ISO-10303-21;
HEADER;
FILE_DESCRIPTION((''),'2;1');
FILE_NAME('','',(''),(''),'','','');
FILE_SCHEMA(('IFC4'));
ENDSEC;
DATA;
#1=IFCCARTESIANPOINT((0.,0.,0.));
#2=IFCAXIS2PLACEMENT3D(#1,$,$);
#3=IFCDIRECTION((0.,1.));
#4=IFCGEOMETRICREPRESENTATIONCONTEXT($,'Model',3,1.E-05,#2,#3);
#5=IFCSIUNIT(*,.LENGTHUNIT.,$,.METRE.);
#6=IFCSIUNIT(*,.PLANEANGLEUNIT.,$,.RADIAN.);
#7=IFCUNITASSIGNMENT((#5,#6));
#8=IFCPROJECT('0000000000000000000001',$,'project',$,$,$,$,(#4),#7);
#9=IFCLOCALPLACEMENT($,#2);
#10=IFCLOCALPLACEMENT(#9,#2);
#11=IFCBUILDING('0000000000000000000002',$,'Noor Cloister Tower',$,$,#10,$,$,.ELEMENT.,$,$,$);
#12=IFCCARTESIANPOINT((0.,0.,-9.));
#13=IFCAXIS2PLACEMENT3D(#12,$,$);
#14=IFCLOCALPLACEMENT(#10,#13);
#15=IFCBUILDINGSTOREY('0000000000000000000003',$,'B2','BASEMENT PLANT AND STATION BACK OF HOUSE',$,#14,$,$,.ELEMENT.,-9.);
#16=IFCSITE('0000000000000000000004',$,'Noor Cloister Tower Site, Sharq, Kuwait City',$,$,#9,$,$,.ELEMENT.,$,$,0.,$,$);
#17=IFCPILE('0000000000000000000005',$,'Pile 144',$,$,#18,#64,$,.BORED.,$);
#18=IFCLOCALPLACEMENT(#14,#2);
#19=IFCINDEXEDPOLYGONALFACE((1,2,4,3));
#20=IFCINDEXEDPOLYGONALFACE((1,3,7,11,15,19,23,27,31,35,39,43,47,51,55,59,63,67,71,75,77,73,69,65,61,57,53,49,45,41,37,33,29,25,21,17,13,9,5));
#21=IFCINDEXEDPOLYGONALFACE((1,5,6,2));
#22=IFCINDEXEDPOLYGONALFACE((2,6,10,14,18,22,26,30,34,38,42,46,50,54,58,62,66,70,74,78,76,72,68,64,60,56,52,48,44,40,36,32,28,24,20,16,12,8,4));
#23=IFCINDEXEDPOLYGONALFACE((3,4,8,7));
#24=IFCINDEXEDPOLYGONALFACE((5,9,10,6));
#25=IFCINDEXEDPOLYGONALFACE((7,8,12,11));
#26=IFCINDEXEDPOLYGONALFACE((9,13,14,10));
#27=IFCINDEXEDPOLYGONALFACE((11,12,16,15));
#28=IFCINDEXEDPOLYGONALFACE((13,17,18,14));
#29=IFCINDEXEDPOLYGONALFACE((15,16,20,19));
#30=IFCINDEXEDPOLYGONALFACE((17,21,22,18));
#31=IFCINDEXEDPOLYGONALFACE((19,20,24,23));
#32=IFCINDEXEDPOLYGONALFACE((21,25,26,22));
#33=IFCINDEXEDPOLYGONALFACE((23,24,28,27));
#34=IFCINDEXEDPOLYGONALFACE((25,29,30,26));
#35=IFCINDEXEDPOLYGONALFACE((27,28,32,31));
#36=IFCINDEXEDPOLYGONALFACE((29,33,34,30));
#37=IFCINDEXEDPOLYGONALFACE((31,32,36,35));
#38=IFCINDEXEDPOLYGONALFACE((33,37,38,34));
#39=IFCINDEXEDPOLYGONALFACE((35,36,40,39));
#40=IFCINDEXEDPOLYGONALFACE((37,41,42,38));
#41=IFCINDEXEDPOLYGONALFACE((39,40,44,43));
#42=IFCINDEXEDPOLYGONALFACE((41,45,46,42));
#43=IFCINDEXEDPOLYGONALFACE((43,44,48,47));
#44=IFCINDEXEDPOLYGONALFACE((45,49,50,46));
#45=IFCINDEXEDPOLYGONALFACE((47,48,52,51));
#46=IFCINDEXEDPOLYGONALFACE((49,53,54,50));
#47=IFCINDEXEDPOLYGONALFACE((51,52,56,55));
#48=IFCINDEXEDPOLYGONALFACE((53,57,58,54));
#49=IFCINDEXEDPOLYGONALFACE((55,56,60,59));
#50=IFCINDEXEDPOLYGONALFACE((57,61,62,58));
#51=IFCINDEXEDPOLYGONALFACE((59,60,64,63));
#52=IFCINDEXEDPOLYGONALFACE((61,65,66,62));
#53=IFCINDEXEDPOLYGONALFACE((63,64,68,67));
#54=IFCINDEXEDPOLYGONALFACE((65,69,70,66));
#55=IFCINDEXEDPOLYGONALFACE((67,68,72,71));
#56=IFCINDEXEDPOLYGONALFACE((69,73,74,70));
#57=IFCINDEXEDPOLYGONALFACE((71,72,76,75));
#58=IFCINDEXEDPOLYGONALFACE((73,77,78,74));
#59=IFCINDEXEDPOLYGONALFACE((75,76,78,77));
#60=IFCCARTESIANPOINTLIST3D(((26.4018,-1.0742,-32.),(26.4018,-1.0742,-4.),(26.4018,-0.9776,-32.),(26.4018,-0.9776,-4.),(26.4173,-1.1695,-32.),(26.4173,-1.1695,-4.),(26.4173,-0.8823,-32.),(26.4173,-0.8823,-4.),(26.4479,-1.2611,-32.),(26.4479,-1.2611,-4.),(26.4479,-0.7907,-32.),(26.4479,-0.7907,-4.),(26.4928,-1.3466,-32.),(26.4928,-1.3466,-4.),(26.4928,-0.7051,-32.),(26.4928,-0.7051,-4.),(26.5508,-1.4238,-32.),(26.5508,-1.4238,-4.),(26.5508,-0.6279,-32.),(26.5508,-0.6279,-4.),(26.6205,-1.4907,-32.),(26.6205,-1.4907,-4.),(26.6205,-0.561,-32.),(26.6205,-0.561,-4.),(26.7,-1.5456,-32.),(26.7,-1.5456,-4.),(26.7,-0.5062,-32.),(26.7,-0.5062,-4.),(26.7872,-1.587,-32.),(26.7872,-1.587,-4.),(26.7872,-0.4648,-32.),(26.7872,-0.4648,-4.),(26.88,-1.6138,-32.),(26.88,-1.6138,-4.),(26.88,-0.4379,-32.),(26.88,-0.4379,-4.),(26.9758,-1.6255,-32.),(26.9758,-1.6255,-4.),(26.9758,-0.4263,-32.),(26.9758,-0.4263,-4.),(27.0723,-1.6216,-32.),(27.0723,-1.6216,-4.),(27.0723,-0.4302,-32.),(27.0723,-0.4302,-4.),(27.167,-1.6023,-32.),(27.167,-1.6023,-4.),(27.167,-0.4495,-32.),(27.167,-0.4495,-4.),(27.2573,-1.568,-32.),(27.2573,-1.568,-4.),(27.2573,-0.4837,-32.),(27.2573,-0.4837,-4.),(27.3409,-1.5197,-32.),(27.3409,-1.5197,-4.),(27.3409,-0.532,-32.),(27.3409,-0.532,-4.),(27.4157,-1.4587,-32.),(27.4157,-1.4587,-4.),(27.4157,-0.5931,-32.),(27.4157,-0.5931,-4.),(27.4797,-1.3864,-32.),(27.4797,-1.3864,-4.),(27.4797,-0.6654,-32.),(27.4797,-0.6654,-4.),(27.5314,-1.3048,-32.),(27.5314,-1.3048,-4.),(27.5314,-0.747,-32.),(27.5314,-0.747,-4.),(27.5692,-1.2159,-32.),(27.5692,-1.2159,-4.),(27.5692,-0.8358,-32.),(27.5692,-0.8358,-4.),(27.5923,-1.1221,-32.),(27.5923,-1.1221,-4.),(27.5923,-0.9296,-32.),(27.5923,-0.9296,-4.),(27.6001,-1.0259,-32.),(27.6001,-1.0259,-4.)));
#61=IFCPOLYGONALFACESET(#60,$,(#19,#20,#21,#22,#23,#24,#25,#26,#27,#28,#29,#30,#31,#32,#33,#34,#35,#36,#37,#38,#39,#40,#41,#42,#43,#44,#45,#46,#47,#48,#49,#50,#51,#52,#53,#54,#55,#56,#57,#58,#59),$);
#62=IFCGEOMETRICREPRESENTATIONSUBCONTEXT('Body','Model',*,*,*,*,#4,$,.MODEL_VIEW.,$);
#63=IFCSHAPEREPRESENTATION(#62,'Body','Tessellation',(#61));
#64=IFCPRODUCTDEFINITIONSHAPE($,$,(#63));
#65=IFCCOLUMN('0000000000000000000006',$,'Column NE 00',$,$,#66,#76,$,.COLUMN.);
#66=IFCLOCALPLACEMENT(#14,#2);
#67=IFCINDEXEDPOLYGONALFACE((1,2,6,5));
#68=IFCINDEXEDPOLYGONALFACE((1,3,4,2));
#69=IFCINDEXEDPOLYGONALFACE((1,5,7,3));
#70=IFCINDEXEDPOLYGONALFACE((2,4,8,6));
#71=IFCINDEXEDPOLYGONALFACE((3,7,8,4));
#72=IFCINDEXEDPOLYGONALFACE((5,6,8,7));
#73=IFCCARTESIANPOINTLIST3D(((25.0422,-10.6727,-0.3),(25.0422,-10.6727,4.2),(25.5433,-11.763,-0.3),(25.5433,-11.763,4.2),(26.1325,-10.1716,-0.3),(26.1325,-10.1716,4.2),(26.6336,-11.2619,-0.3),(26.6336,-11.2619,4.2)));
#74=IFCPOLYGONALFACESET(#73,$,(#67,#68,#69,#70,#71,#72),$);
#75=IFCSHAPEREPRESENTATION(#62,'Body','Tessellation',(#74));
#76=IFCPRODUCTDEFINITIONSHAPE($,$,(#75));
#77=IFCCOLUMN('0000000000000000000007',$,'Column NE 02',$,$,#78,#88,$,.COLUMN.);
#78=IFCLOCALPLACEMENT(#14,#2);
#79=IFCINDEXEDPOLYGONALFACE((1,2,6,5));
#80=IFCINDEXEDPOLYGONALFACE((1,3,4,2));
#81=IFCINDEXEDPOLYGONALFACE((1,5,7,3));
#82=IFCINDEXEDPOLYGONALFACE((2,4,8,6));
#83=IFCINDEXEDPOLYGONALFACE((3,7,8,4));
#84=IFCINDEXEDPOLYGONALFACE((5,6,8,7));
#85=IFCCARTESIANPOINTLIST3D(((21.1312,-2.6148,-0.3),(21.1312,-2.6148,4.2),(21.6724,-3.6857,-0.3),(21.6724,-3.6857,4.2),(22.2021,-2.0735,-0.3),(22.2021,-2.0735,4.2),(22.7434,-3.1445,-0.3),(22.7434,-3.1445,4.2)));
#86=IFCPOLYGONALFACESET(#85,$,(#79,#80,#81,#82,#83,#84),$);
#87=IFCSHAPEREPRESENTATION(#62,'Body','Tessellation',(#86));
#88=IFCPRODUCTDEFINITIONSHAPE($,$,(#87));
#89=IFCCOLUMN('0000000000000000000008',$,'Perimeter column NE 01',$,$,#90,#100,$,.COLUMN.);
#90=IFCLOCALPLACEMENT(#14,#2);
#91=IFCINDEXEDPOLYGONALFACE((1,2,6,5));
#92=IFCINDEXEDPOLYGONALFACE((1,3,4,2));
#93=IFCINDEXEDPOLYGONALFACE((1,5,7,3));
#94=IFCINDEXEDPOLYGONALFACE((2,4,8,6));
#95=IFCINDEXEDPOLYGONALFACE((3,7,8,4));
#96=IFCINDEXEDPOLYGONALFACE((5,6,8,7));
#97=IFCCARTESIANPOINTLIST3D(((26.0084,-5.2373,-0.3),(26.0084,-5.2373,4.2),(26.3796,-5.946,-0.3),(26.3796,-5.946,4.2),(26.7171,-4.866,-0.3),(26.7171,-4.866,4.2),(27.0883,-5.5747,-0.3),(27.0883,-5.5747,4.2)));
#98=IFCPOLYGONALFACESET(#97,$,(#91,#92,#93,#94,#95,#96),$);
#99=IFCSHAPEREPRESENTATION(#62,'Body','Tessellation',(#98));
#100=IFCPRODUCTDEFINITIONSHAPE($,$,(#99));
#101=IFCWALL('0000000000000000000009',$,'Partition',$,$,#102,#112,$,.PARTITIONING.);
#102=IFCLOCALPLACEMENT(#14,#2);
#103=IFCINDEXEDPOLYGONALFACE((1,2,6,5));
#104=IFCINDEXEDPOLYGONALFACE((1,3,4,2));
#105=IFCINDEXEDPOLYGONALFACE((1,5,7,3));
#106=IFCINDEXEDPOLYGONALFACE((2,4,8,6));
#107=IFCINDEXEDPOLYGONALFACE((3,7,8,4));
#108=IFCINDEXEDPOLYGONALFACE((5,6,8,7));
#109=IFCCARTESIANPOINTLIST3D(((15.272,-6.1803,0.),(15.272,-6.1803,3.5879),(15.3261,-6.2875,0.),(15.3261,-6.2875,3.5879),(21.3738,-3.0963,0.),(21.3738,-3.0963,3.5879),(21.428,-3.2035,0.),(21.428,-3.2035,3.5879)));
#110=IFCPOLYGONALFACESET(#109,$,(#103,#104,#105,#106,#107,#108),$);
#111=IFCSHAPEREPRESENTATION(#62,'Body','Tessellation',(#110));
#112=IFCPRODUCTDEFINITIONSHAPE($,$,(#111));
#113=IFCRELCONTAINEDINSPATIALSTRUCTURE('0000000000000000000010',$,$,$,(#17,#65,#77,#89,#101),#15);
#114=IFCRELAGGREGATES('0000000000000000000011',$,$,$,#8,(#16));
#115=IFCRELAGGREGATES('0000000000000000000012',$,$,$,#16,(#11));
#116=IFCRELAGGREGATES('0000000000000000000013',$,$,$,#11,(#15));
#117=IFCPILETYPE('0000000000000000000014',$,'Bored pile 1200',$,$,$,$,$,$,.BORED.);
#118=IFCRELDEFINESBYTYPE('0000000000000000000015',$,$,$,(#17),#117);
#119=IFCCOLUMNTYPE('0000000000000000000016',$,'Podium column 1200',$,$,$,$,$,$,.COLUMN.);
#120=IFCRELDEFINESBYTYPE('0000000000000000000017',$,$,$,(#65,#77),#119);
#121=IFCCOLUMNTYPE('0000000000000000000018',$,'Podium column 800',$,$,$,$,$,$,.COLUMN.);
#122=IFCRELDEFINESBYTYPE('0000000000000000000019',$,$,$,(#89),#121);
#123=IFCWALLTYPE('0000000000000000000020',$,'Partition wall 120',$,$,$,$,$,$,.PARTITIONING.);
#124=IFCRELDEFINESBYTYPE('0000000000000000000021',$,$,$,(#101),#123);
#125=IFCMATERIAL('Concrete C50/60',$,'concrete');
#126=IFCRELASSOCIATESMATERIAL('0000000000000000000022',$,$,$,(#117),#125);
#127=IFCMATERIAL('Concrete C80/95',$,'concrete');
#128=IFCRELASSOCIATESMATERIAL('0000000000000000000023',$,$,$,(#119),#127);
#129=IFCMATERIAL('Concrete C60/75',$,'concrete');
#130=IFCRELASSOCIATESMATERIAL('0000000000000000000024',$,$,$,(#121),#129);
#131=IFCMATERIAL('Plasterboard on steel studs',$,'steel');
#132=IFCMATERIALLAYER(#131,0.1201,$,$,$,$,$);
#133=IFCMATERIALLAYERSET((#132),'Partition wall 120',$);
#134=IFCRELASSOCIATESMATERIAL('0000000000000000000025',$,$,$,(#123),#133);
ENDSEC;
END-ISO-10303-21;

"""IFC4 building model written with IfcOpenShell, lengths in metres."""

from ifc_helpers import new_model, si_unit, direction, frame, frame_2d, origin, origin_2d, place, context, subcontext, project, spatial, rectangle, circle, extrude, material, layer, layer_set, material_profile, profile_set, type_object, element, save


model = new_model("IFC4")

# Units and contexts
model_context = context("Model", 3, precision=1e-05, world=origin(), true_north=direction((0.0, 1.0)))
body_context = subcontext(model_context, "Body", "Model", "MODEL_VIEW")
ifc_project = project(units=[si_unit("LENGTHUNIT", "METRE"), si_unit("PLANEANGLEUNIT", "RADIAN")], contexts=[model_context])

# Site, building, storey
site_placement = place(None, origin())
site = spatial("IfcSite", under=ifc_project, at=site_placement, Name="Noor Cloister Tower Site, Sharq, Kuwait City", CompositionType="ELEMENT", RefElevation=0.0)
building_placement = place(site_placement, origin())
building = spatial("IfcBuilding", under=site, at=building_placement, Name="Noor Cloister Tower", CompositionType="ELEMENT")
storey_placement = place(building_placement, frame((0.0, 0.0, -9.0)))
storey = spatial("IfcBuildingStorey", under=building, at=storey_placement, Name="B2", Description="BASEMENT PLANT AND STATION BACK OF HOUSE", CompositionType="ELEMENT", Elevation=-9.0)

# Pile
ifc_material_1 = material(Name="Concrete C50/60", Category="concrete")
ifc_material_profile_1 = material_profile(ifc_material_1, circle(Radius=0.6001, at=origin_2d()), Name="Bored pile 1200")
ifc_profile_set_1 = profile_set([ifc_material_profile_1], Name="Concrete C50/60")
pile_type = type_object("IfcPileType", Name="Bored pile 1200", PredefinedType="BORED", material=ifc_profile_set_1)
for number, where, z_axis, x_axis, name in (
    (1, (27.0, -1.0259, -4.0), (0.0, 0.0, -1.0), (1.0, 0.0, 0.0), "Pile 144"),
):
    element("IfcPile", number, at=place(storey_placement, frame(where, z_axis=z_axis, x_axis=x_axis)), inside=storey, type_object=pile_type, Name=name, PredefinedType="BORED", context=body_context, shape_type="SweptSolid", body=[
        extrude(circle(Radius=0.6001, at=origin_2d()), origin(), (0.0, 0.0, 1.0), 28.0),
    ])

# Columns
ifc_material_2 = material(Name="Concrete C80/95", Category="concrete")
ifc_material_profile_2 = material_profile(ifc_material_2, rectangle(XDim=1.2, YDim=1.2, at=origin_2d()), Name="Podium column 1200")
ifc_profile_set_2 = profile_set([ifc_material_profile_2], Name="Concrete C80/95")
column_type_1 = type_object("IfcColumnType", Name="Podium column 1200", PredefinedType="COLUMN", material=ifc_profile_set_2)
for number, where, z_axis, x_axis, name in (
    (2, (25.8379, -10.9673, -0.3), (0.0, 0.0, 1.0), (0.90862, 0.417624, 0.0), "Column NE 00"),
    (3, (21.9373, -2.8796, -0.3), (0.0, 0.0, 1.0), (0.892501, 0.451046, 0.0), "Column NE 02"),
):
    element("IfcColumn", number, at=place(storey_placement, frame(where, z_axis=z_axis, x_axis=x_axis)), inside=storey, type_object=column_type_1, Name=name, PredefinedType="COLUMN", context=body_context, shape_type="SweptSolid", body=[
        extrude(rectangle(XDim=1.2, YDim=1.2, at=origin_2d()), origin(), (0.0, 0.0, 1.0), 4.5),
    ])
ifc_material_3 = material(Name="Concrete C60/75", Category="concrete")
ifc_material_profile_3 = material_profile(ifc_material_3, rectangle(XDim=0.8, YDim=0.8, at=origin_2d()), Name="Podium column 800")
ifc_profile_set_3 = profile_set([ifc_material_profile_3], Name="Concrete C60/75")
column_type_2 = type_object("IfcColumnType", Name="Podium column 800", PredefinedType="COLUMN", material=ifc_profile_set_3)
column_placement = place(storey_placement, frame((26.5483, -5.406, -0.3), z_axis=(0.0, 0.0, 1.0), x_axis=(0.885828, 0.464014, 0.0)))
element("IfcColumn", 4, at=column_placement, inside=storey, type_object=column_type_2, Name="Perimeter column NE 01", PredefinedType="COLUMN", context=body_context, shape_type="SweptSolid", body=[
    extrude(rectangle(XDim=0.8, YDim=0.8, at=origin_2d()), origin(), (0.0, 0.0, 1.0), 4.5),
])

# Wall
ifc_material_4 = material(Name="Plasterboard on steel studs", Category="steel")
ifc_layer = layer(ifc_material_4, 0.1201)
ifc_layer_set = layer_set([ifc_layer], Name="Partition wall 120")
wall_type = type_object("IfcWallType", Name="Partition wall 120", PredefinedType="PARTITIONING", material=ifc_layer_set)
wall_placement = place(storey_placement, frame((21.4009, -3.1499, 0.0), z_axis=(0.0, 0.0, 1.0), x_axis=(-0.892483, -0.45108, 0.0)))
element("IfcWall", 5, at=wall_placement, inside=storey, type_object=wall_type, Name="Partition", PredefinedType="PARTITIONING", context=body_context, shape_type="SweptSolid", body=[
    extrude(rectangle(XDim=6.8369, YDim=0.1201, at=frame_2d((3.4185, 0.0))), origin(), (0.0, 0.0, 1.0), 3.5879),
])

save(model, "model.ifc")
